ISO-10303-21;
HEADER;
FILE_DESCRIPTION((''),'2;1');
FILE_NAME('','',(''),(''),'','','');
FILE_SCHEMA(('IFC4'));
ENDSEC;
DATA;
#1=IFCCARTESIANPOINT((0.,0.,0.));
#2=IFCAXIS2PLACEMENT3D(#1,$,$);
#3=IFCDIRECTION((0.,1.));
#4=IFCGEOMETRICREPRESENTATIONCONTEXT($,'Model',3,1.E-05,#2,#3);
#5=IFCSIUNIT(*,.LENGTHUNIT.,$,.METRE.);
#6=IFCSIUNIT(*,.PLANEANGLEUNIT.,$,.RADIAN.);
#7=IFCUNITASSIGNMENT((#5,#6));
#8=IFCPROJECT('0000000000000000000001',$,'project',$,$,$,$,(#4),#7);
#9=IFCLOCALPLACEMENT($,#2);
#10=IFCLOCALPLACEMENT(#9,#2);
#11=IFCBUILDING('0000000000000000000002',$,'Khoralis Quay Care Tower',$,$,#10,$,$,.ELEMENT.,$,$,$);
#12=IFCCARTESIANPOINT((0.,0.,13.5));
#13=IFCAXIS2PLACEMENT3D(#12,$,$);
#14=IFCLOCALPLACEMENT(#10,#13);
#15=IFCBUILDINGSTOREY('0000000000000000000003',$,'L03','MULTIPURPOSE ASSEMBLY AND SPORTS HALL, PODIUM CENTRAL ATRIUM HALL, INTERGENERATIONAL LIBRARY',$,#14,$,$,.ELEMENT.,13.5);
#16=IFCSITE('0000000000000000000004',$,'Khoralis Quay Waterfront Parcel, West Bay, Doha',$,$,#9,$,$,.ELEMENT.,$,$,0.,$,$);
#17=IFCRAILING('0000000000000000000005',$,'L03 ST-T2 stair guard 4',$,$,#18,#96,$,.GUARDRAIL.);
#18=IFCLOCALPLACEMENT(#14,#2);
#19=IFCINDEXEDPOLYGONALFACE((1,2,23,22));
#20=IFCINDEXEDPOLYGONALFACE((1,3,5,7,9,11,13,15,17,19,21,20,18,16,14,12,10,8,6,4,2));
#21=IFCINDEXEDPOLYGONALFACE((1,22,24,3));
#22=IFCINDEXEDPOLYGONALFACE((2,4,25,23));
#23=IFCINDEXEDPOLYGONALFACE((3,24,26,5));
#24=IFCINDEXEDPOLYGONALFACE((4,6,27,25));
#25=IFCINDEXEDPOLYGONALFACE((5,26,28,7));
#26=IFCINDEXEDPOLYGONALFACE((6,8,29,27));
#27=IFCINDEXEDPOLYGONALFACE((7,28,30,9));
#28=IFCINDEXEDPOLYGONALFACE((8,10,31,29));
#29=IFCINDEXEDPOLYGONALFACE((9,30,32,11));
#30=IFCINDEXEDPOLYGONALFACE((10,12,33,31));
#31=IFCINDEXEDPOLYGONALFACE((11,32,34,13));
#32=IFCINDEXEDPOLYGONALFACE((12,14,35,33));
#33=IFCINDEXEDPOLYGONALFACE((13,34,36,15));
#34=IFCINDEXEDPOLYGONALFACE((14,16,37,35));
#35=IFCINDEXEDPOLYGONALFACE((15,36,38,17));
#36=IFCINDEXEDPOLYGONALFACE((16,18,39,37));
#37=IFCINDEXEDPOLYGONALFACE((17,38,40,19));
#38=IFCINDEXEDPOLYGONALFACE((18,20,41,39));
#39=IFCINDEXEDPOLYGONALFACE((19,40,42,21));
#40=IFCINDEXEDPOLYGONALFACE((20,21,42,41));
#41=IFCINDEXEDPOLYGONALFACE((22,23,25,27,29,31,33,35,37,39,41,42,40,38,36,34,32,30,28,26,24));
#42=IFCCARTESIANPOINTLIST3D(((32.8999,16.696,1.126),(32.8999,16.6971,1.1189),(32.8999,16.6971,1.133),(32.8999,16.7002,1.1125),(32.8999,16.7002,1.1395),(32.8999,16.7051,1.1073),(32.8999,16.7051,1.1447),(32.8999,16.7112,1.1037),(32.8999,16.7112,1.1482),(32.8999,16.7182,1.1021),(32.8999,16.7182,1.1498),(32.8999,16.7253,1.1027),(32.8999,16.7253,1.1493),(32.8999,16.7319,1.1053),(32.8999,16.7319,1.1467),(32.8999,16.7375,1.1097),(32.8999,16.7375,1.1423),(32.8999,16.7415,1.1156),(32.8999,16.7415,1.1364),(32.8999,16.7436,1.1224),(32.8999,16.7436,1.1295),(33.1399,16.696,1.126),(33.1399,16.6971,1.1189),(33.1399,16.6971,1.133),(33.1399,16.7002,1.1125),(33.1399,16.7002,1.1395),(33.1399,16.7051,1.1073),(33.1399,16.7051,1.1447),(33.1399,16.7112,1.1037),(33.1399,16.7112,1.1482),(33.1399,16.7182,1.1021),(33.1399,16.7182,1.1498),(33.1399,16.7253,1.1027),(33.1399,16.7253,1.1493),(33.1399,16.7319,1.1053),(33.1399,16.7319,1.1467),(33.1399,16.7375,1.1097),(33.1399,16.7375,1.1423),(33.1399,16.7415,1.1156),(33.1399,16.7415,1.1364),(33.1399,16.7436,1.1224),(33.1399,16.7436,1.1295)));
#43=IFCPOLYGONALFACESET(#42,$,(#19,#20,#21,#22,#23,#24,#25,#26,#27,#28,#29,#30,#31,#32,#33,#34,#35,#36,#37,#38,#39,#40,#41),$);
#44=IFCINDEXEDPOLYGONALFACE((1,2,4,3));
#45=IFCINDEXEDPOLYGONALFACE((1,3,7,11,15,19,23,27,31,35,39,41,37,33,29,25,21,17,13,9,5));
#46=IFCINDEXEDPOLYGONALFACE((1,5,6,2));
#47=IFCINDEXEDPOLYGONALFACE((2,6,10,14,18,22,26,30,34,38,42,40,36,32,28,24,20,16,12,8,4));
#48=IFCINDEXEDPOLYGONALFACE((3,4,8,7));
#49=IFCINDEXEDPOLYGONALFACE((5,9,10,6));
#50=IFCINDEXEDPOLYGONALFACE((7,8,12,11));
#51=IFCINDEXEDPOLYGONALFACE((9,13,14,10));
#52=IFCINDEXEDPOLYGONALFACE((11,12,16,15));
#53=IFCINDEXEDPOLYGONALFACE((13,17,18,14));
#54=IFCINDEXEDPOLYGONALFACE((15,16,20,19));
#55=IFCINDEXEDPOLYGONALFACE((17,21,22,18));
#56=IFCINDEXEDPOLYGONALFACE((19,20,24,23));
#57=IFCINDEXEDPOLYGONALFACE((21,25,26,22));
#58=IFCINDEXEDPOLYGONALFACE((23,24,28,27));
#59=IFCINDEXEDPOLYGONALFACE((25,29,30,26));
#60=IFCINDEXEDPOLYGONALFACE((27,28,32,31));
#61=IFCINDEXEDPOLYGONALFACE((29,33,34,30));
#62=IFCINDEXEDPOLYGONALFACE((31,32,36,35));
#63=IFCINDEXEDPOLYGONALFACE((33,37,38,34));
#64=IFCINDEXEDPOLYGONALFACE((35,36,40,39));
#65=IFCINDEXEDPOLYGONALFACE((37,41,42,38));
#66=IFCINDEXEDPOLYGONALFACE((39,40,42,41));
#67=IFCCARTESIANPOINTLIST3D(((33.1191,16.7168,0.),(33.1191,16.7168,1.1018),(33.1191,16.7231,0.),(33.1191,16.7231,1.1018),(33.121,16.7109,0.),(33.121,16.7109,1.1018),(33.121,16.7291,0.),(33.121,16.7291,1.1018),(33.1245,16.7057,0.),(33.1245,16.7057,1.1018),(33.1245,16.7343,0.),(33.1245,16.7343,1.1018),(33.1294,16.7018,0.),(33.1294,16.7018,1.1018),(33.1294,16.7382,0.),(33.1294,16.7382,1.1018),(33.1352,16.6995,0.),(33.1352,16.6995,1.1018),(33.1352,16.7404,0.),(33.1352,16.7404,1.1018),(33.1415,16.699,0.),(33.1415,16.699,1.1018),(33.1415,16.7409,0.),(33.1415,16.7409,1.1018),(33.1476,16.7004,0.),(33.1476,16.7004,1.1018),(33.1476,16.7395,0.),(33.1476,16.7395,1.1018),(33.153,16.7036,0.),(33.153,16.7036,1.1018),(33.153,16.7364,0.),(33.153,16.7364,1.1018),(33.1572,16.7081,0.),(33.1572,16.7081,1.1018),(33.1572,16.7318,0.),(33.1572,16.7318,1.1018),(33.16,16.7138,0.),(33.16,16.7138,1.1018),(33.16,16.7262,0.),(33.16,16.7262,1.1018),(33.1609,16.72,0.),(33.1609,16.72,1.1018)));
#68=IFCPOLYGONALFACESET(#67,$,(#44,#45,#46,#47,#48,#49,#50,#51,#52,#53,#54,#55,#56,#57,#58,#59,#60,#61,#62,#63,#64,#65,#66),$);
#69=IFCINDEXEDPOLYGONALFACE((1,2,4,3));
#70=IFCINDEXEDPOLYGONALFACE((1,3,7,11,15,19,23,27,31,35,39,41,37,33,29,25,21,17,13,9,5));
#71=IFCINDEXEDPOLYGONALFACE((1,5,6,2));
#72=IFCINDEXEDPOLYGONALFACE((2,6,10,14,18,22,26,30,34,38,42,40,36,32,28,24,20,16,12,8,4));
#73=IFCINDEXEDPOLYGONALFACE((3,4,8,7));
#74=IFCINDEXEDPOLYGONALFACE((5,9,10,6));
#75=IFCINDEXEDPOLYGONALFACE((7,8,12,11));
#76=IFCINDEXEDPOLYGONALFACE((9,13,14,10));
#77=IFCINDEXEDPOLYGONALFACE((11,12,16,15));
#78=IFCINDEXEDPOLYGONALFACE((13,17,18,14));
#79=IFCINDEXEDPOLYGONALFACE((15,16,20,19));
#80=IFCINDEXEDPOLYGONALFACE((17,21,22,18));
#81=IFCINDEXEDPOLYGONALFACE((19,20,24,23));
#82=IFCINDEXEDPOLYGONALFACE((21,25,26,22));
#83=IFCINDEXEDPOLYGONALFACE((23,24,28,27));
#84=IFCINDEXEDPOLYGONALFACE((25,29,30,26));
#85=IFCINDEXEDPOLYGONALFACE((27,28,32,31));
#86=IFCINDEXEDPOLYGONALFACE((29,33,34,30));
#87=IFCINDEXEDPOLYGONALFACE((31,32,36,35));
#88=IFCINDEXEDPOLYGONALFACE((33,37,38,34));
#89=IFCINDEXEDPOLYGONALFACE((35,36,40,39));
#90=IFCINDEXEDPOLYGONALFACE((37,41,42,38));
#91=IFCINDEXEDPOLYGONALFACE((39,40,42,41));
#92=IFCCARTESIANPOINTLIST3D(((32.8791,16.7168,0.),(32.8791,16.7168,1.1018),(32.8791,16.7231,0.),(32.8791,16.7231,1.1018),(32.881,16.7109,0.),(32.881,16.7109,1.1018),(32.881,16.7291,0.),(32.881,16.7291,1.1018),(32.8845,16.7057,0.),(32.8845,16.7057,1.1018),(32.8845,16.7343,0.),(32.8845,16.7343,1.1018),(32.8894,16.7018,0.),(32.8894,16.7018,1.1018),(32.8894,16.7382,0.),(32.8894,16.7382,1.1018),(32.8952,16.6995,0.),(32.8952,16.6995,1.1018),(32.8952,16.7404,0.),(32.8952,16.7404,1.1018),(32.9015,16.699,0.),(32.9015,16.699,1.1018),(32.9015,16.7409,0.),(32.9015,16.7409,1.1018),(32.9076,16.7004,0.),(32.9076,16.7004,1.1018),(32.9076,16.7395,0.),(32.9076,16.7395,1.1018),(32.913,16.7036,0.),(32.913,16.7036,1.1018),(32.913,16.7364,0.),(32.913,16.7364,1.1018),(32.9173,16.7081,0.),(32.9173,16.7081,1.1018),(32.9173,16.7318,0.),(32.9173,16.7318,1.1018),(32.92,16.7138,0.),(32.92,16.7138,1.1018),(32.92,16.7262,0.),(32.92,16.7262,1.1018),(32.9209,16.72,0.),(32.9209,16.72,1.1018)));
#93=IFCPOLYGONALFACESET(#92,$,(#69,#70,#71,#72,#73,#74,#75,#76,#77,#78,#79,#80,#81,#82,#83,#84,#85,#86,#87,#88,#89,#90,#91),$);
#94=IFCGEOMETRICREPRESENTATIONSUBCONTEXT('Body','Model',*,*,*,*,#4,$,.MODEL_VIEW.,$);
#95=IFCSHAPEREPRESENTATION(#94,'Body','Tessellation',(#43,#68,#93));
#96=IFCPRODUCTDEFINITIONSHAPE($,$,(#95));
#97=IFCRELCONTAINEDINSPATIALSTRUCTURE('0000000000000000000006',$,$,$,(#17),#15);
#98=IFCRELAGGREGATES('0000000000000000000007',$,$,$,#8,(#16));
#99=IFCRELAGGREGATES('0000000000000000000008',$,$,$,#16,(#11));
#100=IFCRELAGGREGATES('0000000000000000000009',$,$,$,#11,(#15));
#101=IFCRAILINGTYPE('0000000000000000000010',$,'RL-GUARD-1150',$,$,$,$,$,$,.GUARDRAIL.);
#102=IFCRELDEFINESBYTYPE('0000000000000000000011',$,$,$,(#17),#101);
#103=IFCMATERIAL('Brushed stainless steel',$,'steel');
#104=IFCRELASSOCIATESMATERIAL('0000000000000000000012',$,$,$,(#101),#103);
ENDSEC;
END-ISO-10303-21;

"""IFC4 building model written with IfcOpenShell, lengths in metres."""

from ifc_helpers import new_model, si_unit, direction, frame, origin, origin_2d, place, context, subcontext, project, spatial, circle, extrude, material, type_object, element, save


model = new_model("IFC4")

# Units and contexts
model_context = context("Model", 3, precision=1e-05, world=origin(), true_north=direction((0.0, 1.0)))
body_context = subcontext(model_context, "Body", "Model", "MODEL_VIEW")
ifc_project = project(units=[si_unit("LENGTHUNIT", "METRE"), si_unit("PLANEANGLEUNIT", "RADIAN")], contexts=[model_context])

# Site, building, storey
site_placement = place(None, origin())
site = spatial("IfcSite", under=ifc_project, at=site_placement, Name="Khoralis Quay Waterfront Parcel, West Bay, Doha", CompositionType="ELEMENT", RefElevation=0.0)
building_placement = place(site_placement, origin())
building = spatial("IfcBuilding", under=site, at=building_placement, Name="Khoralis Quay Care Tower", CompositionType="ELEMENT")
storey_placement = place(building_placement, frame((0.0, 0.0, 13.5)))
storey = spatial("IfcBuildingStorey", under=building, at=storey_placement, Name="L03", Description="MULTIPURPOSE ASSEMBLY AND SPORTS HALL, PODIUM CENTRAL ATRIUM HALL, INTERGENERATIONAL LIBRARY", CompositionType="ELEMENT", Elevation=13.5)

# Shared definitions
ifc_material_1 = material(Name="Brushed stainless steel", Category="steel")

# Railing
railing_type_1 = type_object("IfcRailingType", Name="RL-GUARD-1150", PredefinedType="GUARDRAIL", material=ifc_material_1)
railing_1_placement = place(storey_placement, frame((33.1399, 16.72, 0.0)))
element("IfcRailing", 1, at=railing_1_placement, inside=storey, type_object=railing_type_1, Name="L03 ST-T2 stair guard 4", PredefinedType="GUARDRAIL", context=body_context, shape_type="SweptSolid", body=[
    extrude(circle(Radius=0.0239, at=origin_2d()), frame((0.0, 0.0, 1.126), z_axis=(-1.0, 0.0, 0.0), x_axis=(0.0, -1.0, 0.0)), (0.0, 0.0, 1.0), 0.24),
    extrude(circle(Radius=0.021, at=origin_2d()), origin(), (0.0, 0.0, 1.0), 1.1018),
    extrude(circle(Radius=0.021, at=origin_2d()), frame((-0.24, 0.0, 0.0)), (0.0, 0.0, 1.0), 1.1018),
])

save(model, "model.ifc")
